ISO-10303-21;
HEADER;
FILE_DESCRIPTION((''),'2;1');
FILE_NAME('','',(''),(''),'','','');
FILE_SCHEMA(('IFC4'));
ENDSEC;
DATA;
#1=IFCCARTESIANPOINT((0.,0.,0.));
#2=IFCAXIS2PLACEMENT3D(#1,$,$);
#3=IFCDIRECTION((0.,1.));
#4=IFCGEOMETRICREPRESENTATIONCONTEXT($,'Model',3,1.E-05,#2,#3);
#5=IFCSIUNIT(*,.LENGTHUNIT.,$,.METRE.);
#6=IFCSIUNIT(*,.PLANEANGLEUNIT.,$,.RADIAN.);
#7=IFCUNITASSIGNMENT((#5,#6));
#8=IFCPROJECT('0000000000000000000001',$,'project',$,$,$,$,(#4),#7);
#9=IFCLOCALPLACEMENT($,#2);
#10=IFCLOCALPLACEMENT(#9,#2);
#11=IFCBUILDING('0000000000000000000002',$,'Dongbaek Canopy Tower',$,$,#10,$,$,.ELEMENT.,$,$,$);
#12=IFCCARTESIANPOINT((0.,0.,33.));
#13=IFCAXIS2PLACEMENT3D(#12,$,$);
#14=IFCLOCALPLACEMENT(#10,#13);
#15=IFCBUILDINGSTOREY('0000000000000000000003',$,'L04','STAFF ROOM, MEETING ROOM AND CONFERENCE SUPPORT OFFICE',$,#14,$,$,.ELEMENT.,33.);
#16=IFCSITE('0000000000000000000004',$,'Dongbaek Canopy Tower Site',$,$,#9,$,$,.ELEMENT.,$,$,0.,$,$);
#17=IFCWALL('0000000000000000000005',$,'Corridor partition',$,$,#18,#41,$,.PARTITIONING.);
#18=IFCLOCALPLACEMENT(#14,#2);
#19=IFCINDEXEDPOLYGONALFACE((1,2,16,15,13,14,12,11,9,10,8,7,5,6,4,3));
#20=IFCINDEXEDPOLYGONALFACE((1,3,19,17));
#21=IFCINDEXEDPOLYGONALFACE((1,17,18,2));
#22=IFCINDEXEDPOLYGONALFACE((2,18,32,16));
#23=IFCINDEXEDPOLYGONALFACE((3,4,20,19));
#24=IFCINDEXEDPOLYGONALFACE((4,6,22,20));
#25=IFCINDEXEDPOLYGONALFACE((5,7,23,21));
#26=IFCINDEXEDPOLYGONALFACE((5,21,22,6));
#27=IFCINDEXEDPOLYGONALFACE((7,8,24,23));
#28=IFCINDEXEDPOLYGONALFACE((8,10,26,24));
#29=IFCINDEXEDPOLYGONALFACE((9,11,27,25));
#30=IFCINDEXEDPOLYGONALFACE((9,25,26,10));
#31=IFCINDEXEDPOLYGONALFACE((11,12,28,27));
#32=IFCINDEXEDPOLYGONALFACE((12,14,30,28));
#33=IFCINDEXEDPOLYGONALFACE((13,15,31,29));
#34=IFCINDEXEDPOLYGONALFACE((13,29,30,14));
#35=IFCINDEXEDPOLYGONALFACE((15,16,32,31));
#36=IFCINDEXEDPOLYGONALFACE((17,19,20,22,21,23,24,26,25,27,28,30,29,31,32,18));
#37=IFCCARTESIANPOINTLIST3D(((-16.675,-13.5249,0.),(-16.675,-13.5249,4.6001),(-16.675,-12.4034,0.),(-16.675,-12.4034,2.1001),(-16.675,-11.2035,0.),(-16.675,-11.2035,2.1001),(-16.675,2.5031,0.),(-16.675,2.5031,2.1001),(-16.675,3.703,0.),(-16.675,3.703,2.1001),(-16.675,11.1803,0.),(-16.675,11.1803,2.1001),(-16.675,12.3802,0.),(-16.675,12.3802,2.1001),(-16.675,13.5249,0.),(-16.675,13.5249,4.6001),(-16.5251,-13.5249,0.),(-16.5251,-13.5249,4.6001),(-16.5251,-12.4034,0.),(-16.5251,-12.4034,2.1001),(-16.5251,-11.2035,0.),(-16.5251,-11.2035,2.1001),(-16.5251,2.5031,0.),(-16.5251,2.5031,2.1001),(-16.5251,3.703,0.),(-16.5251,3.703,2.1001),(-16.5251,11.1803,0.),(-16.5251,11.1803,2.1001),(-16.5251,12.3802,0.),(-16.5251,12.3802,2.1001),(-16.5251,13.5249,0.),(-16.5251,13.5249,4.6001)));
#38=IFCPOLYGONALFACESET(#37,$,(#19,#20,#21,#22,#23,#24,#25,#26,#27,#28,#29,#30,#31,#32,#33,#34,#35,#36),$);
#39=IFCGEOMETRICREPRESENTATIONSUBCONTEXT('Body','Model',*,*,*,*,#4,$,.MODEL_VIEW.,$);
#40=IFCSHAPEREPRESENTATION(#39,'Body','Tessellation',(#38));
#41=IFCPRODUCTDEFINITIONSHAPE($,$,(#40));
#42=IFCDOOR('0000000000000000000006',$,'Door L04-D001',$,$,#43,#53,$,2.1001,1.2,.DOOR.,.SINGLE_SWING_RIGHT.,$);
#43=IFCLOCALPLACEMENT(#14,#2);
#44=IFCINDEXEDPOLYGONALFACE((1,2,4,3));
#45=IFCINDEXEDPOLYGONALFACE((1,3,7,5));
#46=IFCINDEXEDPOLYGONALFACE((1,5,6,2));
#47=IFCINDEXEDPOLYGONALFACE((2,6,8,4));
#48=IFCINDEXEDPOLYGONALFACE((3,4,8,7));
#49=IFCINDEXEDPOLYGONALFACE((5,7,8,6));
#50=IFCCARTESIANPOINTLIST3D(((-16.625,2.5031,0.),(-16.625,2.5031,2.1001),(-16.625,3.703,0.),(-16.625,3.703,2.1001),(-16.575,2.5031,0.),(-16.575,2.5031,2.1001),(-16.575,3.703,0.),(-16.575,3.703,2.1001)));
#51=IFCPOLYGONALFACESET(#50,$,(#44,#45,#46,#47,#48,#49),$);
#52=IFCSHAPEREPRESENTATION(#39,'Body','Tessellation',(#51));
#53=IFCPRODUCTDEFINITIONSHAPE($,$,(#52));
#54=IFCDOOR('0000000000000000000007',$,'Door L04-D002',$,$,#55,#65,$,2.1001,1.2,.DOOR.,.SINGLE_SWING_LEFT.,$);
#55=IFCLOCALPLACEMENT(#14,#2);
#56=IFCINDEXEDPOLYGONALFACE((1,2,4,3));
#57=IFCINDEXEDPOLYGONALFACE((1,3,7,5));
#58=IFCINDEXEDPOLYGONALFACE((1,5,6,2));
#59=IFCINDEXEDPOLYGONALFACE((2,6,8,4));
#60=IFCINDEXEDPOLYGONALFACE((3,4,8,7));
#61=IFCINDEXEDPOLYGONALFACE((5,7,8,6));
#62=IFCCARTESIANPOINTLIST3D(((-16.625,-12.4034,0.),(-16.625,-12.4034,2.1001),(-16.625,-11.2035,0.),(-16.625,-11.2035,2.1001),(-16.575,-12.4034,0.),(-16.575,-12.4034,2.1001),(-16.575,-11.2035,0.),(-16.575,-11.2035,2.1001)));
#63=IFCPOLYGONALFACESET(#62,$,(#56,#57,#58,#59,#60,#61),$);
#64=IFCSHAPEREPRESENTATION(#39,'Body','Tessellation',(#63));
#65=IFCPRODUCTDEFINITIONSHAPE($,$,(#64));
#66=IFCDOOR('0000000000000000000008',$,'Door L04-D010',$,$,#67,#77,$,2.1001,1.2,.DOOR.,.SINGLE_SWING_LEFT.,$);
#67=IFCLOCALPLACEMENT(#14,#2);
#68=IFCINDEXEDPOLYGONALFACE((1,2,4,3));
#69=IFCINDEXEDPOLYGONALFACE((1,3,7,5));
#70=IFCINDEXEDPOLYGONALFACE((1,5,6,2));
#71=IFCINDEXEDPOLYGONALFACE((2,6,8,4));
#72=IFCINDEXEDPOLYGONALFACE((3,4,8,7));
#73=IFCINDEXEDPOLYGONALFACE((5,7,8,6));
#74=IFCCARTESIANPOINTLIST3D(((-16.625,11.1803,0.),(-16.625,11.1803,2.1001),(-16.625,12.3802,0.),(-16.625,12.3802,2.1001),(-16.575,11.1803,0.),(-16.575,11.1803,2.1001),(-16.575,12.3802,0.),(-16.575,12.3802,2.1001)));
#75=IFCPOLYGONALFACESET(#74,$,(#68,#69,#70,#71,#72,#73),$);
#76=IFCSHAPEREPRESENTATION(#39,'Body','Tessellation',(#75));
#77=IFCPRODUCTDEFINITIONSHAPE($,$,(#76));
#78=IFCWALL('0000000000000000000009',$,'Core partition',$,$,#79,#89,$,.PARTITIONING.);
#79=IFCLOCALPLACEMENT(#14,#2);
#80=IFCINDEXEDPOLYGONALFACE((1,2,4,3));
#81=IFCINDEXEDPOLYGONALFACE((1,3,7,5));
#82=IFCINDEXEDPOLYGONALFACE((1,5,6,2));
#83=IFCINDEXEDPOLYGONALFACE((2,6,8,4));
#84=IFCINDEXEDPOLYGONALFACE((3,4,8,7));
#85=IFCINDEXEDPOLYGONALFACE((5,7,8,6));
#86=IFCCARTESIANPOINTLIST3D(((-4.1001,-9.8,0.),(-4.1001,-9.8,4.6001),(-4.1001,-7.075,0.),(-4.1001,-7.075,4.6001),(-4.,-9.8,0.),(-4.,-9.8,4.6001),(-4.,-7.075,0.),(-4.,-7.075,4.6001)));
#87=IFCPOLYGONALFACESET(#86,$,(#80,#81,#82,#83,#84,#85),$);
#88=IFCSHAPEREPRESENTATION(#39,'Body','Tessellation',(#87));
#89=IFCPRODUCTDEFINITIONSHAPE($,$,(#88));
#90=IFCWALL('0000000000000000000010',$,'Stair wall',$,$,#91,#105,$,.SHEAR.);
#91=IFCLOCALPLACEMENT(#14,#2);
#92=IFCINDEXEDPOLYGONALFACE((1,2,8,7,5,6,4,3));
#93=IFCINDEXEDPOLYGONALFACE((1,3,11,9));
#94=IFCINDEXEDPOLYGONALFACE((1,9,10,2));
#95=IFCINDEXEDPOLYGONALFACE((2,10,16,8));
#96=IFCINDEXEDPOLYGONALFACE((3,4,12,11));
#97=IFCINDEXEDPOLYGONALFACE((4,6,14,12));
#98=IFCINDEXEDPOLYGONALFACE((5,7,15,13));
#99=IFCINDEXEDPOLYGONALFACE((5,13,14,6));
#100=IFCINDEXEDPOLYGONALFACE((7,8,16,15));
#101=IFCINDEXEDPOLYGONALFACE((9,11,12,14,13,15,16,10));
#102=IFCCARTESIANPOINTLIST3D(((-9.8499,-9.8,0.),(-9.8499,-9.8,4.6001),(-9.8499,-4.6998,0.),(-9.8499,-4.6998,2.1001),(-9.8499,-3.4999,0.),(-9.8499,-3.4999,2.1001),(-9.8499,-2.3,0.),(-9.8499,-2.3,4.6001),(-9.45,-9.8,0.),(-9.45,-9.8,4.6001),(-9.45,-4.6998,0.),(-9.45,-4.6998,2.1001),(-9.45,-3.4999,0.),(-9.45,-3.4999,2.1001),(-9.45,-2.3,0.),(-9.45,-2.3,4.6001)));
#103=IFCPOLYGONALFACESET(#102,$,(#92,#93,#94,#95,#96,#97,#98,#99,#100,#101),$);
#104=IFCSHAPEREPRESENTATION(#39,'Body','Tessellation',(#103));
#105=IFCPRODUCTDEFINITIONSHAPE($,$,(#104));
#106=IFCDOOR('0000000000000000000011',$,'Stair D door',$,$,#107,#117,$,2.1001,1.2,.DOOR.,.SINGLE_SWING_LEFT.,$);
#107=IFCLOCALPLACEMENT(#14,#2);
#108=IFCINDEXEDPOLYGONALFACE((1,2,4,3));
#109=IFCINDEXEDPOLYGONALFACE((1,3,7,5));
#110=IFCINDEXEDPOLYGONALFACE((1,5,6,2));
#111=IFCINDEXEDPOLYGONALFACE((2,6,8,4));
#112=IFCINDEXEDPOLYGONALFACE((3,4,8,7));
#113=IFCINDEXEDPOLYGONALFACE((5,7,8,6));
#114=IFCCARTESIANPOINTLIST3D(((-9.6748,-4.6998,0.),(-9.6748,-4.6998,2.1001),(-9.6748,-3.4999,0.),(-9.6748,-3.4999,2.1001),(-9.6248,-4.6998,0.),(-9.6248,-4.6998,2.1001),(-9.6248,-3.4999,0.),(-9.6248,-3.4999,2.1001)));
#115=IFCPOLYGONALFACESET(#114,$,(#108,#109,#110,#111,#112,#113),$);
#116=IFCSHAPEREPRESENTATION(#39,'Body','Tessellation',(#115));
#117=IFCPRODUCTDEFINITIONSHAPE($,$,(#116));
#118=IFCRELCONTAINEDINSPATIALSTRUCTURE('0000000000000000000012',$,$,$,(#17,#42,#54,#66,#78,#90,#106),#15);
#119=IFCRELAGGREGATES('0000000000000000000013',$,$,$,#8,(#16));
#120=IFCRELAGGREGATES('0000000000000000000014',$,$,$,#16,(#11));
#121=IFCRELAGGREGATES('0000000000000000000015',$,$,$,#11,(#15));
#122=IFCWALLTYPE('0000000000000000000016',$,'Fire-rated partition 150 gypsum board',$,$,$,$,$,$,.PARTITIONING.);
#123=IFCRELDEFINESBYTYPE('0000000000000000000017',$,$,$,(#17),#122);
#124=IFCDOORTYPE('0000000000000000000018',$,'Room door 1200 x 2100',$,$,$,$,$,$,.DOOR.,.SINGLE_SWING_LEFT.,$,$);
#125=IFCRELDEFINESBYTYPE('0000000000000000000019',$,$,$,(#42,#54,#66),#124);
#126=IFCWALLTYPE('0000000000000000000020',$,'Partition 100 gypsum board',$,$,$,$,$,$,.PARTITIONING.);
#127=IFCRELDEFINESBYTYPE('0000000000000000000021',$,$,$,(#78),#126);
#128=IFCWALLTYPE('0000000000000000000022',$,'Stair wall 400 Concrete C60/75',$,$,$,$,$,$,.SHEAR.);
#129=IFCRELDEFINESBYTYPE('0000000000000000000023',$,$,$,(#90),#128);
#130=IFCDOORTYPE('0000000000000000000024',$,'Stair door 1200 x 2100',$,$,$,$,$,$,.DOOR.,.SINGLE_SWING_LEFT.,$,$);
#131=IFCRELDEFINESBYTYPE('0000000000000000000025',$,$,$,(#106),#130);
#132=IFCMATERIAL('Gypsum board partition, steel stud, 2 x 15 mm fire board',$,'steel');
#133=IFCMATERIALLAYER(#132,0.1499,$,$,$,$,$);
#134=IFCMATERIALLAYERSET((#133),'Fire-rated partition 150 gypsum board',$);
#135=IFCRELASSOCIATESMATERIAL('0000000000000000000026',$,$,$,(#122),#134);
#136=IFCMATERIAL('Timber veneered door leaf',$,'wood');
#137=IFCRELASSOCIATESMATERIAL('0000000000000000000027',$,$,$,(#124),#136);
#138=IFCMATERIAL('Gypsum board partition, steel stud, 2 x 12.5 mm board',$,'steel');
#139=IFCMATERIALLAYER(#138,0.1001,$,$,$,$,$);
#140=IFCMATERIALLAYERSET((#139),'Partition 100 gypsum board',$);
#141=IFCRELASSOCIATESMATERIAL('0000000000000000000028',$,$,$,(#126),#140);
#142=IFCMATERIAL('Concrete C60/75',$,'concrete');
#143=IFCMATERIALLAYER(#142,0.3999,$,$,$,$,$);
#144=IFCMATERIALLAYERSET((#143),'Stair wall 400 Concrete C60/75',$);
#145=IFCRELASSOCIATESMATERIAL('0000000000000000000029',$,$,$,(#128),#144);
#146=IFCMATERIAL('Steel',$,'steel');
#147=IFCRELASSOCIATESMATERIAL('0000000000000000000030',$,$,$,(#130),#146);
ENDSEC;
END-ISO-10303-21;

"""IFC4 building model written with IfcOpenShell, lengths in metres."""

from ifc_helpers import new_model, si_unit, direction, frame, frame_2d, origin, place, context, subcontext, project, spatial, rectangle, extrude, material, layer, layer_set, type_object, element, fill, save


model = new_model("IFC4")

# Units and contexts
model_context = context("Model", 3, precision=1e-05, world=origin(), true_north=direction((0.0, 1.0)))
body_context = subcontext(model_context, "Body", "Model", "MODEL_VIEW")
ifc_project = project(units=[si_unit("LENGTHUNIT", "METRE"), si_unit("PLANEANGLEUNIT", "RADIAN")], contexts=[model_context])

# Site, building, storey
site_placement = place(None, origin())
site = spatial("IfcSite", under=ifc_project, at=site_placement, Name="Dongbaek Canopy Tower Site", CompositionType="ELEMENT", RefElevation=0.0)
building_placement = place(site_placement, origin())
building = spatial("IfcBuilding", under=site, at=building_placement, Name="Dongbaek Canopy Tower", CompositionType="ELEMENT")
storey_placement = place(building_placement, frame((0.0, 0.0, 33.0)))
storey = spatial("IfcBuildingStorey", under=building, at=storey_placement, Name="L04", Description="STAFF ROOM, MEETING ROOM AND CONFERENCE SUPPORT OFFICE", CompositionType="ELEMENT", Elevation=33.0)

# Wall, openings, doors
ifc_material_1 = material(Name="Gypsum board partition, steel stud, 2 x 15 mm fire board", Category="steel")
ifc_layer_1 = layer(ifc_material_1, 0.1499)
ifc_layer_set_1 = layer_set([ifc_layer_1], Name="Fire-rated partition 150 gypsum board")
wall_type_1 = type_object("IfcWallType", Name="Fire-rated partition 150 gypsum board", PredefinedType="PARTITIONING", material=ifc_layer_set_1)
wall_1_placement = place(storey_placement, frame((-16.6001, -13.5249, 0.0), z_axis=(0.0, 0.0, 1.0), x_axis=(0.0, 1.0, 0.0)))
wall_1 = element("IfcWall", 1, at=wall_1_placement, inside=storey, type_object=wall_type_1, Name="Corridor partition", PredefinedType="PARTITIONING", context=body_context, shape_type="SweptSolid", body=[
    extrude(rectangle(XDim=27.0498, YDim=0.1499, at=frame_2d((13.5249, 0.0))), origin(), (0.0, 0.0, 1.0), 4.6001),
])
opening_1_placement = place(wall_1_placement, frame((16.0278, 0.0, 0.0)))
opening_1 = element("IfcOpeningElement", 2, at=opening_1_placement, cuts=wall_1, PredefinedType="OPENING", context=body_context, shape_type="SweptSolid", body=[
    extrude(rectangle(XDim=1.2, YDim=2.1001, at=frame_2d((0.6001, 1.05))), frame((0.0, 0.085, 0.0), z_axis=(0.0, -1.0, 0.0), x_axis=(1.0, 0.0, 0.0)), (0.0, 0.0, 1.0), 0.1699),
])
opening_2_placement = place(wall_1_placement, frame((1.1213, 0.0, 0.0)))
opening_2 = element("IfcOpeningElement", 3, at=opening_2_placement, cuts=wall_1, PredefinedType="OPENING", context=body_context, shape_type="SweptSolid", body=[
    extrude(rectangle(XDim=1.2, YDim=2.1001, at=frame_2d((0.6001, 1.05))), frame((0.0, 0.085, 0.0), z_axis=(0.0, -1.0, 0.0), x_axis=(1.0, 0.0, 0.0)), (0.0, 0.0, 1.0), 0.1699),
])
opening_3_placement = place(wall_1_placement, frame((24.7051, 0.0, 0.0)))
opening_3 = element("IfcOpeningElement", 4, at=opening_3_placement, cuts=wall_1, PredefinedType="OPENING", context=body_context, shape_type="SweptSolid", body=[
    extrude(rectangle(XDim=1.2, YDim=2.1001, at=frame_2d((0.6001, 1.05))), frame((0.0, 0.085, 0.0), z_axis=(0.0, -1.0, 0.0), x_axis=(1.0, 0.0, 0.0)), (0.0, 0.0, 1.0), 0.1699),
])
ifc_material_2 = material(Name="Timber veneered door leaf", Category="wood")
door_type_1 = type_object("IfcDoorType", Name="Room door 1200 x 2100", OperationType="SINGLE_SWING_LEFT", PredefinedType="DOOR", material=ifc_material_2)
door_1_placement = place(opening_1_placement, origin())
door_1 = element("IfcDoor", 5, at=door_1_placement, inside=storey, type_object=door_type_1, Name="Door L04-D001", OperationType="SINGLE_SWING_RIGHT", OverallHeight=2.1001, OverallWidth=1.2, PredefinedType="DOOR", context=body_context, shape_type="SweptSolid", body=[
    extrude(rectangle(XDim=1.2, YDim=2.1001, at=frame_2d((0.6001, 1.05))), frame((0.0, 0.0249, 0.0), z_axis=(0.0, -1.0, 0.0), x_axis=(1.0, 0.0, 0.0)), (0.0, 0.0, 1.0), 0.05),
])
fill(opening_1, door_1)
door_2_placement = place(opening_2_placement, origin())
door_2 = element("IfcDoor", 6, at=door_2_placement, inside=storey, type_object=door_type_1, Name="Door L04-D002", OperationType="SINGLE_SWING_LEFT", OverallHeight=2.1001, OverallWidth=1.2, PredefinedType="DOOR", context=body_context, shape_type="SweptSolid", body=[
    extrude(rectangle(XDim=1.2, YDim=2.1001, at=frame_2d((0.6001, 1.05))), frame((0.0, 0.0249, 0.0), z_axis=(0.0, -1.0, 0.0), x_axis=(1.0, 0.0, 0.0)), (0.0, 0.0, 1.0), 0.05),
])
fill(opening_2, door_2)
door_3_placement = place(opening_3_placement, origin())
door_3 = element("IfcDoor", 7, at=door_3_placement, inside=storey, type_object=door_type_1, Name="Door L04-D010", OperationType="SINGLE_SWING_LEFT", OverallHeight=2.1001, OverallWidth=1.2, PredefinedType="DOOR", context=body_context, shape_type="SweptSolid", body=[
    extrude(rectangle(XDim=1.2, YDim=2.1001, at=frame_2d((0.6001, 1.05))), frame((0.0, 0.0249, 0.0), z_axis=(0.0, -1.0, 0.0), x_axis=(1.0, 0.0, 0.0)), (0.0, 0.0, 1.0), 0.05),
])
fill(opening_3, door_3)

# Wall
ifc_material_3 = material(Name="Gypsum board partition, steel stud, 2 x 12.5 mm board", Category="steel")
ifc_layer_2 = layer(ifc_material_3, 0.1001)
ifc_layer_set_2 = layer_set([ifc_layer_2], Name="Partition 100 gypsum board")
wall_type_2 = type_object("IfcWallType", Name="Partition 100 gypsum board", PredefinedType="PARTITIONING", material=ifc_layer_set_2)
wall_2_placement = place(storey_placement, frame((-4.05, -9.8, 0.0), z_axis=(0.0, 0.0, 1.0), x_axis=(0.0, 1.0, 0.0)))
element("IfcWall", 8, at=wall_2_placement, inside=storey, type_object=wall_type_2, Name="Core partition", PredefinedType="PARTITIONING", context=body_context, shape_type="SweptSolid", body=[
    extrude(rectangle(XDim=2.7251, YDim=0.1001, at=frame_2d((1.3625, 0.0))), origin(), (0.0, 0.0, 1.0), 4.6001),
])

# Wall, opening, door
ifc_material_4 = material(Name="Concrete C60/75", Category="concrete")
ifc_layer_3 = layer(ifc_material_4, 0.3999)
ifc_layer_set_3 = layer_set([ifc_layer_3], Name="Stair wall 400 Concrete C60/75")
wall_type_3 = type_object("IfcWallType", Name="Stair wall 400 Concrete C60/75", PredefinedType="SHEAR", material=ifc_layer_set_3)
wall_3_placement = place(storey_placement, frame((-9.6499, -9.8, 0.0), z_axis=(0.0, 0.0, 1.0), x_axis=(0.0, 1.0, 0.0)))
wall_3 = element("IfcWall", 9, at=wall_3_placement, inside=storey, type_object=wall_type_3, Name="Stair wall", PredefinedType="SHEAR", context=body_context, shape_type="SweptSolid", body=[
    extrude(rectangle(XDim=7.5, YDim=0.3999, at=frame_2d((3.75, 0.0))), origin(), (0.0, 0.0, 1.0), 4.6001),
])
opening_4_placement = place(wall_3_placement, frame((5.1001, 0.0, 0.0)))
opening_4 = element("IfcOpeningElement", 10, at=opening_4_placement, cuts=wall_3, PredefinedType="OPENING", context=body_context, shape_type="SweptSolid", body=[
    extrude(rectangle(XDim=1.2, YDim=2.1001, at=frame_2d((0.6001, 1.05))), frame((0.0, 0.21, 0.0), z_axis=(0.0, -1.0, 0.0), x_axis=(1.0, 0.0, 0.0)), (0.0, 0.0, 1.0), 0.4199),
])
ifc_material_5 = material(Name="Steel", Category="steel")
door_type_2 = type_object("IfcDoorType", Name="Stair door 1200 x 2100", OperationType="SINGLE_SWING_LEFT", PredefinedType="DOOR", material=ifc_material_5)
door_4_placement = place(opening_4_placement, origin())
door_4 = element("IfcDoor", 11, at=door_4_placement, inside=storey, type_object=door_type_2, Name="Stair D door", OperationType="SINGLE_SWING_LEFT", OverallHeight=2.1001, OverallWidth=1.2, PredefinedType="DOOR", context=body_context, shape_type="SweptSolid", body=[
    extrude(rectangle(XDim=1.2, YDim=2.1001, at=frame_2d((0.6001, 1.05))), frame((0.0, 0.0249, 0.0), z_axis=(0.0, -1.0, 0.0), x_axis=(1.0, 0.0, 0.0)), (0.0, 0.0, 1.0), 0.05),
])
fill(opening_4, door_4)

save(model, "model.ifc")
